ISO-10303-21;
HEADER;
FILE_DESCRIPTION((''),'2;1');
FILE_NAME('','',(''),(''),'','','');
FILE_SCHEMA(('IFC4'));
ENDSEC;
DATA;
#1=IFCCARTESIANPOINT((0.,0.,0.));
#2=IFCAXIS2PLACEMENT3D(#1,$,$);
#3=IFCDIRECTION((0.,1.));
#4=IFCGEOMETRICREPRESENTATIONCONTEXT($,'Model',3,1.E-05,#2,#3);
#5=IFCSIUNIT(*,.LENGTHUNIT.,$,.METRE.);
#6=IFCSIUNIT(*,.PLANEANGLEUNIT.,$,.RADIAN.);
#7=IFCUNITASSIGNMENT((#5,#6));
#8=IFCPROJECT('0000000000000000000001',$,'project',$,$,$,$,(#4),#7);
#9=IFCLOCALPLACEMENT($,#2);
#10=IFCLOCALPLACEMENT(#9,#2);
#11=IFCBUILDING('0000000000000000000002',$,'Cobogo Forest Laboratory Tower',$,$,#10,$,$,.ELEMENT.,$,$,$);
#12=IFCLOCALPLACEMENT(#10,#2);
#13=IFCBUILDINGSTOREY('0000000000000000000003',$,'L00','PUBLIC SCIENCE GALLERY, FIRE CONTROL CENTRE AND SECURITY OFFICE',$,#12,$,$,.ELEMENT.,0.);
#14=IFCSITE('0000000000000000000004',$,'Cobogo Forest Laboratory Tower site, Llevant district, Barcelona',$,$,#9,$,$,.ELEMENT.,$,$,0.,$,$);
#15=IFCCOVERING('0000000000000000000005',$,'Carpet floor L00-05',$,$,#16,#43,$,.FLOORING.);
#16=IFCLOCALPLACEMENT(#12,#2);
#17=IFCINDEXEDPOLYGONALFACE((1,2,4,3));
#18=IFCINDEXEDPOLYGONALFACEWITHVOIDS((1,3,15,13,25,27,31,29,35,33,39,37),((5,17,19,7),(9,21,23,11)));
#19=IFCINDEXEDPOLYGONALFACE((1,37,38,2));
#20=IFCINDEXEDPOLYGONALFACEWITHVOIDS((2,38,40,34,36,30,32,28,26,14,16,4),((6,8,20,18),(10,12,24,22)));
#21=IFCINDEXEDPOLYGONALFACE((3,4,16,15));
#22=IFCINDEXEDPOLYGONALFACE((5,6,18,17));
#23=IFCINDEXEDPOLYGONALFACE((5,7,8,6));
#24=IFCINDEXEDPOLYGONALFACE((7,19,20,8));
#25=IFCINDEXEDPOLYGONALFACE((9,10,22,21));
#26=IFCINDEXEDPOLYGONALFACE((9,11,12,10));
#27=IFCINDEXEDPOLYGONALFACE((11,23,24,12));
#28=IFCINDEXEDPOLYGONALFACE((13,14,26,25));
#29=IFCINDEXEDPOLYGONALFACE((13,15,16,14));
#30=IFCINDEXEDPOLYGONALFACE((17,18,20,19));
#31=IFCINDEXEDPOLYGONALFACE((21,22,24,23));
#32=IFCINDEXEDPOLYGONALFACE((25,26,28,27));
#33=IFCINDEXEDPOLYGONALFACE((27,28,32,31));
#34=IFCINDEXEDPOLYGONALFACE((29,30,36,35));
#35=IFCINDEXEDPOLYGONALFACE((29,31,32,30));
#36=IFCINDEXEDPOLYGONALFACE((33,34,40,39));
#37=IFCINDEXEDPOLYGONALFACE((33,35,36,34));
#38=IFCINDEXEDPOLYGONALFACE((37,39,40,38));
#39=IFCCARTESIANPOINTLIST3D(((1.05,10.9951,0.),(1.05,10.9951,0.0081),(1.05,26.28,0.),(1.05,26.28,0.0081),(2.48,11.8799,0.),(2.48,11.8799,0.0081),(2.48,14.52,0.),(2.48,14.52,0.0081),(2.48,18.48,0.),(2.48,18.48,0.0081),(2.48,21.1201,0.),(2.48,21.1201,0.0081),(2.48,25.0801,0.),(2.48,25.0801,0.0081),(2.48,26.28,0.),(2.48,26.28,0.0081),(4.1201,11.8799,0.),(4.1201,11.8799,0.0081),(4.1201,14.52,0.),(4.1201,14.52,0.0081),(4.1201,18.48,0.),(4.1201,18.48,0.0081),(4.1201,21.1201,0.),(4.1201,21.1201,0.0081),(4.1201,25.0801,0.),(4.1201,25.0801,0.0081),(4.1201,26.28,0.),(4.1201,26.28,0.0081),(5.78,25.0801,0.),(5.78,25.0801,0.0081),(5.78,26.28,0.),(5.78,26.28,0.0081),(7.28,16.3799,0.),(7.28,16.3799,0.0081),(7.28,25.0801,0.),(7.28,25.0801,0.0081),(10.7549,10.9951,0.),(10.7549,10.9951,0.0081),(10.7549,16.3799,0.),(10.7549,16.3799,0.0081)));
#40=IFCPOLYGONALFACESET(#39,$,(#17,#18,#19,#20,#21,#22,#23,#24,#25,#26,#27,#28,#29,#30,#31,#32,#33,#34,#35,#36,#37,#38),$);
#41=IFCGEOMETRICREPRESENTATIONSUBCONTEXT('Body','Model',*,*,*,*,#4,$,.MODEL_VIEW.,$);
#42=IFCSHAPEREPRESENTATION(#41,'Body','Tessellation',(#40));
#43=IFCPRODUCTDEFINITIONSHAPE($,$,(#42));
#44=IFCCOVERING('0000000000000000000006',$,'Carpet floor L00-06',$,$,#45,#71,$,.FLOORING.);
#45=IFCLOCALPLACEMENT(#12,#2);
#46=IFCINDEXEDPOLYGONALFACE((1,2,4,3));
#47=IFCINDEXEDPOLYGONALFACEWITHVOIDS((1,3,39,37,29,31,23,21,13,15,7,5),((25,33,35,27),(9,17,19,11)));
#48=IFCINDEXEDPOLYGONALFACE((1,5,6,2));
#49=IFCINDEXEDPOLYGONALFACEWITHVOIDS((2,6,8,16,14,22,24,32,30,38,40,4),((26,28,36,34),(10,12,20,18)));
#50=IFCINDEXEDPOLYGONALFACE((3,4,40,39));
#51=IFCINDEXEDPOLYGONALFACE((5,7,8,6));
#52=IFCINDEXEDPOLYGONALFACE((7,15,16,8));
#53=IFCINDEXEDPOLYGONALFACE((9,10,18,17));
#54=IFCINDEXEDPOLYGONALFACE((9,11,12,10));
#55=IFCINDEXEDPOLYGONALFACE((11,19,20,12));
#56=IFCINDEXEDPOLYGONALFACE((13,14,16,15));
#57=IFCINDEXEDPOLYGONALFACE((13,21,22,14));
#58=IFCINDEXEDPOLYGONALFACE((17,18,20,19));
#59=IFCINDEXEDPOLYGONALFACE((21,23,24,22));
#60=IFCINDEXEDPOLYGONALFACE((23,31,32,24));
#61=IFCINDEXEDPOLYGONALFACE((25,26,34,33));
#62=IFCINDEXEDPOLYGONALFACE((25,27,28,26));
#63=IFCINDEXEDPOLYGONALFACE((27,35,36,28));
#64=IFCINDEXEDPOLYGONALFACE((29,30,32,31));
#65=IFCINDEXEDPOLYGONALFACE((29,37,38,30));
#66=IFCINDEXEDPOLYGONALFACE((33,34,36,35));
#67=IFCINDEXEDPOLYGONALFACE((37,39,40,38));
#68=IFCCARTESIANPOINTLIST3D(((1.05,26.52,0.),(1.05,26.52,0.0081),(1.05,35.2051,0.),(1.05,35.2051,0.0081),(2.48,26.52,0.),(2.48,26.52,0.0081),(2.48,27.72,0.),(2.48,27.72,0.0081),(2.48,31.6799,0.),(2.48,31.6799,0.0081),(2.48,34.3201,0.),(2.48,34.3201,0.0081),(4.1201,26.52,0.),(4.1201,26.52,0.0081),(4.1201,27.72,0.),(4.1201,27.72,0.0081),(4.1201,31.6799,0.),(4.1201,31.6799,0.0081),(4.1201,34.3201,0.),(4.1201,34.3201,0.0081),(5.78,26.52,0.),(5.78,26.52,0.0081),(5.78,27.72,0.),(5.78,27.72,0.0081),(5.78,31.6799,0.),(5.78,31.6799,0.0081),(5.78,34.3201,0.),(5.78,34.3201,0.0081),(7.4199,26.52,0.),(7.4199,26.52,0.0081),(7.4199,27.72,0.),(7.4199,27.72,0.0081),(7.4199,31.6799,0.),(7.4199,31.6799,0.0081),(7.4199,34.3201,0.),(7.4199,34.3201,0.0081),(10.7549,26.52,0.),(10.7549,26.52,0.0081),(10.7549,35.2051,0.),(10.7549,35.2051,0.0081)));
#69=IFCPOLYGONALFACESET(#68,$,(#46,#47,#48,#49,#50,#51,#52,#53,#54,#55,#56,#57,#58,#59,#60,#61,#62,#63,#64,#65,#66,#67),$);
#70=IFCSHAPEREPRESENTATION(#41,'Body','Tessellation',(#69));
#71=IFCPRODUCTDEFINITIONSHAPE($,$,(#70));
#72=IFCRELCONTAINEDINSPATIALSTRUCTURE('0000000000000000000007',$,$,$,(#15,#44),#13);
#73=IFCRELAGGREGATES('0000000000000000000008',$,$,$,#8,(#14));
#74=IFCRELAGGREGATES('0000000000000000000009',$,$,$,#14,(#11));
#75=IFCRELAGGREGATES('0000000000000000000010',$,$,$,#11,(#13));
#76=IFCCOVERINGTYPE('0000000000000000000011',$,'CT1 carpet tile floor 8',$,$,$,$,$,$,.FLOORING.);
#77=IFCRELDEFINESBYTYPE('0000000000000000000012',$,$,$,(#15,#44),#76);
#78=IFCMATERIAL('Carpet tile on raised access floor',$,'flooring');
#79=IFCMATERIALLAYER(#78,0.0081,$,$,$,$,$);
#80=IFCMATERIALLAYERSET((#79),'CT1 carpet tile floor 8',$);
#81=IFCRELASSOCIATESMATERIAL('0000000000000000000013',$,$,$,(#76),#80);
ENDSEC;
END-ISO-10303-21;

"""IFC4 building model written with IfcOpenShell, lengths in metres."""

from ifc_helpers import new_model, si_unit, direction, origin, place, context, subcontext, project, spatial, polyline, outline, extrude, material, layer, layer_set, type_object, element, save


model = new_model("IFC4")

# Units and contexts
model_context = context("Model", 3, precision=1e-05, world=origin(), true_north=direction((0.0, 1.0)))
body_context = subcontext(model_context, "Body", "Model", "MODEL_VIEW")
ifc_project = project(units=[si_unit("LENGTHUNIT", "METRE"), si_unit("PLANEANGLEUNIT", "RADIAN")], contexts=[model_context])

# Site, building, storey
site_placement = place(None, origin())
site = spatial("IfcSite", under=ifc_project, at=site_placement, Name="Cobogo Forest Laboratory Tower site, Llevant district, Barcelona", CompositionType="ELEMENT", RefElevation=0.0)
building_placement = place(site_placement, origin())
building = spatial("IfcBuilding", under=site, at=building_placement, Name="Cobogo Forest Laboratory Tower", CompositionType="ELEMENT")
storey_placement = place(building_placement, origin())
storey = spatial("IfcBuildingStorey", under=building, at=storey_placement, Name="L00", Description="PUBLIC SCIENCE GALLERY, FIRE CONTROL CENTRE AND SECURITY OFFICE", CompositionType="ELEMENT", Elevation=0.0)

# Coverings
ifc_material_1 = material(Name="Carpet tile on raised access floor", Category="flooring")
ifc_layer_1 = layer(ifc_material_1, 0.0081)
ifc_layer_set_1 = layer_set([ifc_layer_1], Name="CT1 carpet tile floor 8")
covering_type_1 = type_object("IfcCoveringType", Name="CT1 carpet tile floor 8", PredefinedType="FLOORING", material=ifc_layer_set_1)
covering_1_placement = place(storey_placement, origin())
element("IfcCovering", 1, at=covering_1_placement, inside=storey, type_object=covering_type_1, Name="Carpet floor L00-05", PredefinedType="FLOORING", context=body_context, shape_type="SweptSolid", body=[
    extrude(outline(polyline([(1.05, 10.9951), (1.05, 26.28), (2.48, 26.28), (2.48, 25.0801), (4.1201, 25.0801), (4.1201, 26.28), (5.78, 26.28), (5.78, 25.0801), (7.28, 25.0801), (7.28, 16.3799), (10.7549, 16.3799), (10.7549, 10.9951), (1.05, 10.9951)]), holes=[polyline([(2.48, 14.52), (2.48, 11.8799), (4.1201, 11.8799), (4.1201, 14.52), (2.48, 14.52)]), polyline([(2.48, 18.48), (4.1201, 18.48), (4.1201, 21.1201), (2.48, 21.1201), (2.48, 18.48)])]), origin(), (0.0, 0.0, 1.0), 0.0081),
])
covering_2_placement = place(storey_placement, origin())
element("IfcCovering", 2, at=covering_2_placement, inside=storey, type_object=covering_type_1, Name="Carpet floor L00-06", PredefinedType="FLOORING", context=body_context, shape_type="SweptSolid", body=[
    extrude(outline(polyline([(10.7549, 26.52), (7.4199, 26.52), (7.4199, 27.72), (5.78, 27.72), (5.78, 26.52), (4.1201, 26.52), (4.1201, 27.72), (2.48, 27.72), (2.48, 26.52), (1.05, 26.52), (1.05, 35.2051), (10.7549, 35.2051), (10.7549, 26.52)]), holes=[polyline([(5.78, 31.6799), (7.4199, 31.6799), (7.4199, 34.3201), (5.78, 34.3201), (5.78, 31.6799)]), polyline([(2.48, 31.6799), (4.1201, 31.6799), (4.1201, 34.3201), (2.48, 34.3201), (2.48, 31.6799)])]), origin(), (0.0, 0.0, 1.0), 0.0081),
])

save(model, "model.ifc")
